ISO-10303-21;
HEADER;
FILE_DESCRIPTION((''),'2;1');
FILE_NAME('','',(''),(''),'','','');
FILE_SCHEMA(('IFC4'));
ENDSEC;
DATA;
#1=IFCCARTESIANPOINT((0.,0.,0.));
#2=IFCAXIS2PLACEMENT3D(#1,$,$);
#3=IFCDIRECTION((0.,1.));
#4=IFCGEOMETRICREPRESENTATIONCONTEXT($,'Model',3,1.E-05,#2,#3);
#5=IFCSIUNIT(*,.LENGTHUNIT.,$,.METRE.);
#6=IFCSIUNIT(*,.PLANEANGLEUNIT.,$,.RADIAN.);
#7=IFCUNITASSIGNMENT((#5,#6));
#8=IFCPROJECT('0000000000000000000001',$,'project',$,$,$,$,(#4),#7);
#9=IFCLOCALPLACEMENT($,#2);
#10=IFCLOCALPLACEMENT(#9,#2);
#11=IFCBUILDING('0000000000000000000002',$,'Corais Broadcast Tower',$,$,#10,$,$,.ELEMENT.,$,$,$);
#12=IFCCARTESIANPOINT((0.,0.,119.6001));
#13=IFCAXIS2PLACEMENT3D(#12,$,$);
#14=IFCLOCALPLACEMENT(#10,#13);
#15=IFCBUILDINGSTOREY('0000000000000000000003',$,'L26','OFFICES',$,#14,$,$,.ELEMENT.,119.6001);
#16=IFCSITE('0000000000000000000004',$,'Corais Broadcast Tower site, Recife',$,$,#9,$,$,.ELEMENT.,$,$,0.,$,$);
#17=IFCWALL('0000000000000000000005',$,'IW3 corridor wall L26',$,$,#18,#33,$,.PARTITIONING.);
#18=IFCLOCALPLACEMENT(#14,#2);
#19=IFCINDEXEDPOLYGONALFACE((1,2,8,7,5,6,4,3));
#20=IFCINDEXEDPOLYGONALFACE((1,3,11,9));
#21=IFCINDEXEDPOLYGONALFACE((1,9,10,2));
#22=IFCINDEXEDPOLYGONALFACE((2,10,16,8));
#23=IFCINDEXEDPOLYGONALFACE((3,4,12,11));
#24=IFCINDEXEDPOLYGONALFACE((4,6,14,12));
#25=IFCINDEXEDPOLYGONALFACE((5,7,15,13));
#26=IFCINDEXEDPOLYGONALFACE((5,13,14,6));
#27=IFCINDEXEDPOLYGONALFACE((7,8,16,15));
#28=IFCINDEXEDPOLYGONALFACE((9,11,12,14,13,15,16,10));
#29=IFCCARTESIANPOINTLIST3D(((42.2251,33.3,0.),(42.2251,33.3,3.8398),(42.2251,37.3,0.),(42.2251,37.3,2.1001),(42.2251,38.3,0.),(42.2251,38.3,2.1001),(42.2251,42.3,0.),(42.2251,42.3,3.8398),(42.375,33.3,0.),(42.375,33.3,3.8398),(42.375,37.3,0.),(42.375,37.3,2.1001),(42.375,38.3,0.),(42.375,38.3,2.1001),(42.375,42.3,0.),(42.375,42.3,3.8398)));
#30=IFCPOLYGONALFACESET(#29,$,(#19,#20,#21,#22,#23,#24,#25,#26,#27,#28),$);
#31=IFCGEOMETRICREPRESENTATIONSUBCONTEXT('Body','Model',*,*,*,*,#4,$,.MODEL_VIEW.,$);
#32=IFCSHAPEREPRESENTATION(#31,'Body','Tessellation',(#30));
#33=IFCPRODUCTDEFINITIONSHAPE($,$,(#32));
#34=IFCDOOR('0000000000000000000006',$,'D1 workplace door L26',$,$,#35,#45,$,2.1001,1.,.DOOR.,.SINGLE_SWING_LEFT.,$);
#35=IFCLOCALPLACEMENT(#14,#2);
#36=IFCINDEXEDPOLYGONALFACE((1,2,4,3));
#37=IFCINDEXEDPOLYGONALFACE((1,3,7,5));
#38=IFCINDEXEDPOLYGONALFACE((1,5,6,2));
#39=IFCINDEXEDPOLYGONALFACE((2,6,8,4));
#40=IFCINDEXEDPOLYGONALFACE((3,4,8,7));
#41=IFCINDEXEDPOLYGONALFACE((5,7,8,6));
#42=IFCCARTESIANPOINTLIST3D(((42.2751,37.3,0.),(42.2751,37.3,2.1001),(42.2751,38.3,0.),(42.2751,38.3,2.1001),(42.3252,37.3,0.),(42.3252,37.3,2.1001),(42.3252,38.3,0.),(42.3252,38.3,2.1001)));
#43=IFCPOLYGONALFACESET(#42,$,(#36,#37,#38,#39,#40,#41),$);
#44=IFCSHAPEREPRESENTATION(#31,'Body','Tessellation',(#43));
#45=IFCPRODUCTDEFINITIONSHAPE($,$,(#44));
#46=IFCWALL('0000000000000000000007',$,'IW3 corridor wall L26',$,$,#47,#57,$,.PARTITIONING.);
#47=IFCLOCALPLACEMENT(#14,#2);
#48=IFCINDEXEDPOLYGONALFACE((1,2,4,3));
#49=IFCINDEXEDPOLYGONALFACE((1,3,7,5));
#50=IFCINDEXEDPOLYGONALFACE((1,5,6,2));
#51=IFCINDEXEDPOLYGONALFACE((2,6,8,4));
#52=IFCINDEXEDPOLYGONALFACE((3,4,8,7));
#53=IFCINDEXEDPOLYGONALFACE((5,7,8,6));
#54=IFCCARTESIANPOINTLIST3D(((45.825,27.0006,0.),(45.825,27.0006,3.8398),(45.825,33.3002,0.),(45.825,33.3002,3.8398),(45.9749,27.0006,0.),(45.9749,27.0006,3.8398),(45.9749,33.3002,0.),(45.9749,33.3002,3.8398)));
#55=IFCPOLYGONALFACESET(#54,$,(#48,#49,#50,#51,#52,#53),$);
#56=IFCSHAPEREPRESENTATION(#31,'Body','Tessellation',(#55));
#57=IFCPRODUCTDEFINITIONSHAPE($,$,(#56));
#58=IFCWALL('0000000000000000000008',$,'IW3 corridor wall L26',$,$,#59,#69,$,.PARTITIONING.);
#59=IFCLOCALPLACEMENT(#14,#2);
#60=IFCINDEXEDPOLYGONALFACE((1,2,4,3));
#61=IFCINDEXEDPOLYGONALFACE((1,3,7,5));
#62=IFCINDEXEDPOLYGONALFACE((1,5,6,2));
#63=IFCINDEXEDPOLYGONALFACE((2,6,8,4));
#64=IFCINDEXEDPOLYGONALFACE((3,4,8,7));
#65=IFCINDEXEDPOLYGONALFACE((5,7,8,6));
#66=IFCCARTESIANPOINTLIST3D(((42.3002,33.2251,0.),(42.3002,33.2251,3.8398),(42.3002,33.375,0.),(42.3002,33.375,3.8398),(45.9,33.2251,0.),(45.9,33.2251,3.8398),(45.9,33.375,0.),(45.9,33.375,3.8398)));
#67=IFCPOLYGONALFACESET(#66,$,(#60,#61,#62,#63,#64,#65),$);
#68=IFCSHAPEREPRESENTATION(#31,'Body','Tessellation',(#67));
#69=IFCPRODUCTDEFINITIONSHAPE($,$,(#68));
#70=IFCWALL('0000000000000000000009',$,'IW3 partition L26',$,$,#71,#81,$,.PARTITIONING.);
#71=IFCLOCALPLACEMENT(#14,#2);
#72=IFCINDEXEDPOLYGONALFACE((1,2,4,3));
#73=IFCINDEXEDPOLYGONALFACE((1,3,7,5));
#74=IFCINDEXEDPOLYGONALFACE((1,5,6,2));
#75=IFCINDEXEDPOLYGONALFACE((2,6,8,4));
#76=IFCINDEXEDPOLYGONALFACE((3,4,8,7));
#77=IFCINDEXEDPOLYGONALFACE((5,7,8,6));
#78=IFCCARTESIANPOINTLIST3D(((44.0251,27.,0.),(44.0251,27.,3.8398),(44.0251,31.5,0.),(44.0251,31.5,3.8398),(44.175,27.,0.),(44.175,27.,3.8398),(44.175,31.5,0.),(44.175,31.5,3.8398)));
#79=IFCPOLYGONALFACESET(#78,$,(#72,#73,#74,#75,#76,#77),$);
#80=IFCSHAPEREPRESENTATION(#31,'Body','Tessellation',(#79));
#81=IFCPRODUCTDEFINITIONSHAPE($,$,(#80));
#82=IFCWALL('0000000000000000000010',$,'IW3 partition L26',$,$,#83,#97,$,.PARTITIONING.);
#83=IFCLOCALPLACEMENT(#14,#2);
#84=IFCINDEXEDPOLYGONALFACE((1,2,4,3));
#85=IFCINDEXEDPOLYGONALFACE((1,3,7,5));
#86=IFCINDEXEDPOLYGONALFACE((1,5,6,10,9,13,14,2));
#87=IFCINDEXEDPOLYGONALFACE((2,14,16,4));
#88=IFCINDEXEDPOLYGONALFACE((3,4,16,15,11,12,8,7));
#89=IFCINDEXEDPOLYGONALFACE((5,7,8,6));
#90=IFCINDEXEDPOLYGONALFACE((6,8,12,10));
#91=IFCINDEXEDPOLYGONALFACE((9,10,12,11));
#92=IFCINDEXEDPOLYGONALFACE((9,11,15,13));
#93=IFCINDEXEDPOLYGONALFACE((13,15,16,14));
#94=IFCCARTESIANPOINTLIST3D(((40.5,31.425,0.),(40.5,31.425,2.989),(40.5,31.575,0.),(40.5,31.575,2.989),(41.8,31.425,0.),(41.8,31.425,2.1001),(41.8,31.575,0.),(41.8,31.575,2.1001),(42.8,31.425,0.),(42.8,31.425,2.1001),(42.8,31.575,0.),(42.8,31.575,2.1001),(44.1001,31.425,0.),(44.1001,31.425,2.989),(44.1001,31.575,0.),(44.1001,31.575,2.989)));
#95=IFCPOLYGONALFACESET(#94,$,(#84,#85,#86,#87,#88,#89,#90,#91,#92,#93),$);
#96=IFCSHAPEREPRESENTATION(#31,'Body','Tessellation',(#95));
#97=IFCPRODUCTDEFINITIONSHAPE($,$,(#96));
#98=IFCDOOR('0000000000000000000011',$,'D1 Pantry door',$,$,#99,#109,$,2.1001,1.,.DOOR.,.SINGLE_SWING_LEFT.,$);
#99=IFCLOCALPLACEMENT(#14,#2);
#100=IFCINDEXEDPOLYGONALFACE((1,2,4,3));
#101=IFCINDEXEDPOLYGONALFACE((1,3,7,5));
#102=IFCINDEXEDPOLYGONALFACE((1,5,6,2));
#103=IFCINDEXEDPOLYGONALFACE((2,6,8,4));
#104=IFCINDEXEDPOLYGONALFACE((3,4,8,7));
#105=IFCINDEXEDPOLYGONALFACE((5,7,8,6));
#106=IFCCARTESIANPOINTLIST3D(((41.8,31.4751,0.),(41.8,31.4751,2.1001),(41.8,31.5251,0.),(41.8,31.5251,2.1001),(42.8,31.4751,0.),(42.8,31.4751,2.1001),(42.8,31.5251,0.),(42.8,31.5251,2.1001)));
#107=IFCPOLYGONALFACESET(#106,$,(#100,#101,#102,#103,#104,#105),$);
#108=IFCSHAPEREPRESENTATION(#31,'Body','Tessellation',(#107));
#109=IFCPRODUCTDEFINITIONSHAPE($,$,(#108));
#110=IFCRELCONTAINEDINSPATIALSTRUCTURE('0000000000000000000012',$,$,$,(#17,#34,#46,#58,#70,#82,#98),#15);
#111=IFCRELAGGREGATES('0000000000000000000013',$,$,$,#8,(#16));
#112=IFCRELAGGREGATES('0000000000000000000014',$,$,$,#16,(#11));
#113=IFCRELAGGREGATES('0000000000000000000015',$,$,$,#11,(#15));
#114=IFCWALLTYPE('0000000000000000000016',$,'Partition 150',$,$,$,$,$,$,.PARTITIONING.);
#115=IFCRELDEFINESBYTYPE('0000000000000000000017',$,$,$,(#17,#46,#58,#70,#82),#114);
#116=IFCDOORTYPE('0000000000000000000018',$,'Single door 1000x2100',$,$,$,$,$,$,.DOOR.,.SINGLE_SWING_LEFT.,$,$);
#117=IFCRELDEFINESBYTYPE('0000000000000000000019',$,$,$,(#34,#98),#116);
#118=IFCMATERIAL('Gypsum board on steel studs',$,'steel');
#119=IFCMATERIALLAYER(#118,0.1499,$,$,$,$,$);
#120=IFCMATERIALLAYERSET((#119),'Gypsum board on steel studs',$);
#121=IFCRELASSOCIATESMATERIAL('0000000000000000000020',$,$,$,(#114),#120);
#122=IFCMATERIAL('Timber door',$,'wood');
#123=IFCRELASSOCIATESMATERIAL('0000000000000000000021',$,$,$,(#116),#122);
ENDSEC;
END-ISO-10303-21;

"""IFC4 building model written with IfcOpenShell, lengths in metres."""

from ifc_helpers import new_model, si_unit, direction, frame, frame_2d, origin, place, context, subcontext, project, spatial, rectangle, extrude, material, layer, layer_set, type_object, element, fill, save


model = new_model("IFC4")

# Units and contexts
model_context = context("Model", 3, precision=1e-05, world=origin(), true_north=direction((0.0, 1.0)))
body_context = subcontext(model_context, "Body", "Model", "MODEL_VIEW")
ifc_project = project(units=[si_unit("LENGTHUNIT", "METRE"), si_unit("PLANEANGLEUNIT", "RADIAN")], contexts=[model_context])

# Site, building, storey
site_placement = place(None, origin())
site = spatial("IfcSite", under=ifc_project, at=site_placement, Name="Corais Broadcast Tower site, Recife", CompositionType="ELEMENT", RefElevation=0.0)
building_placement = place(site_placement, origin())
building = spatial("IfcBuilding", under=site, at=building_placement, Name="Corais Broadcast Tower", CompositionType="ELEMENT")
storey_placement = place(building_placement, frame((0.0, 0.0, 119.6001)))
storey = spatial("IfcBuildingStorey", under=building, at=storey_placement, Name="L26", Description="OFFICES", CompositionType="ELEMENT", Elevation=119.6001)

# Wall, opening, door
ifc_material_1 = material(Name="Gypsum board on steel studs", Category="steel")
ifc_layer_1 = layer(ifc_material_1, 0.1499)
ifc_layer_set_1 = layer_set([ifc_layer_1], Name="Gypsum board on steel studs")
wall_type = type_object("IfcWallType", Name="Partition 150", PredefinedType="PARTITIONING", material=ifc_layer_set_1)
wall_1_placement = place(storey_placement, frame((42.3, 33.3, 0.0), z_axis=(0.0, 0.0, 1.0), x_axis=(0.0, 1.0, 0.0)))
wall_1 = element("IfcWall", 1, at=wall_1_placement, inside=storey, type_object=wall_type, Name="IW3 corridor wall L26", PredefinedType="PARTITIONING", context=body_context, shape_type="SweptSolid", body=[
    extrude(rectangle(XDim=9.0, YDim=0.1499, at=frame_2d((4.5, 0.0))), origin(), (0.0, 0.0, 1.0), 3.8398),
])
opening_1_placement = place(wall_1_placement, frame((4.0, 0.0, 0.0)))
opening_1 = element("IfcOpeningElement", 2, at=opening_1_placement, cuts=wall_1, PredefinedType="OPENING", context=body_context, shape_type="SweptSolid", body=[
    extrude(rectangle(XDim=1.0, YDim=2.1001, at=frame_2d((0.5, 1.05))), frame((0.0, 0.085, 0.0), z_axis=(0.0, -1.0, 0.0), x_axis=(1.0, 0.0, 0.0)), (0.0, 0.0, 1.0), 0.1699),
])
ifc_material_2 = material(Name="Timber door", Category="wood")
door_type = type_object("IfcDoorType", Name="Single door 1000x2100", OperationType="SINGLE_SWING_LEFT", PredefinedType="DOOR", material=ifc_material_2)
door_1_placement = place(opening_1_placement, origin())
door_1 = element("IfcDoor", 3, at=door_1_placement, inside=storey, type_object=door_type, Name="D1 workplace door L26", OperationType="SINGLE_SWING_LEFT", OverallHeight=2.1001, OverallWidth=1.0, PredefinedType="DOOR", context=body_context, shape_type="SweptSolid", body=[
    extrude(rectangle(XDim=1.0, YDim=2.1001, at=frame_2d((0.5, 1.05))), frame((0.0, 0.0249, 0.0), z_axis=(0.0, -1.0, 0.0), x_axis=(1.0, 0.0, 0.0)), (0.0, 0.0, 1.0), 0.05),
])
fill(opening_1, door_1)

# Walls
wall_2_placement = place(storey_placement, frame((45.8999, 27.0005, 0.0), z_axis=(0.0, 0.0, 1.0), x_axis=(0.0, 1.0, 0.0)))
element("IfcWall", 4, at=wall_2_placement, inside=storey, type_object=wall_type, Name="IW3 corridor wall L26", PredefinedType="PARTITIONING", context=body_context, shape_type="SweptSolid", body=[
    extrude(rectangle(XDim=6.2996, YDim=0.1499, at=frame_2d((3.1499, 0.0))), origin(), (0.0, 0.0, 1.0), 3.8398),
])
wall_3_placement = place(storey_placement, frame((45.8999, 33.3, 0.0), z_axis=(0.0, 0.0, 1.0), x_axis=(-1.0, 0.0, 0.0)))
element("IfcWall", 5, at=wall_3_placement, inside=storey, type_object=wall_type, Name="IW3 corridor wall L26", PredefinedType="PARTITIONING", context=body_context, shape_type="SweptSolid", body=[
    extrude(rectangle(XDim=3.5999, YDim=0.1499, at=frame_2d((1.7998, 0.0))), origin(), (0.0, 0.0, 1.0), 3.8398),
])
wall_4_placement = place(storey_placement, frame((44.1001, 27.0, 0.0), z_axis=(0.0, 0.0, 1.0), x_axis=(0.0, 1.0, 0.0)))
element("IfcWall", 6, at=wall_4_placement, inside=storey, type_object=wall_type, Name="IW3 partition L26", PredefinedType="PARTITIONING", context=body_context, shape_type="SweptSolid", body=[
    extrude(rectangle(XDim=4.5, YDim=0.1499, at=frame_2d((2.25, 0.0))), origin(), (0.0, 0.0, 1.0), 3.8398),
])

# Wall, opening, door
wall_5_placement = place(storey_placement, frame((44.1001, 31.5, 0.0), z_axis=(0.0, 0.0, 1.0), x_axis=(-1.0, 0.0, 0.0)))
wall_5 = element("IfcWall", 7, at=wall_5_placement, inside=storey, type_object=wall_type, Name="IW3 partition L26", PredefinedType="PARTITIONING", context=body_context, shape_type="SweptSolid", body=[
    extrude(rectangle(XDim=3.6001, YDim=0.1499, at=frame_2d((1.8, 0.0))), origin(), (0.0, 0.0, 1.0), 2.989),
])
opening_2_placement = place(wall_5_placement, frame((1.3, 0.0, 0.0)))
opening_2 = element("IfcOpeningElement", 8, at=opening_2_placement, cuts=wall_5, PredefinedType="OPENING", context=body_context, shape_type="SweptSolid", body=[
    extrude(rectangle(XDim=1.0, YDim=2.1001, at=frame_2d((0.5, 1.05))), frame((0.0, 0.085, 0.0), z_axis=(0.0, -1.0, 0.0), x_axis=(1.0, 0.0, 0.0)), (0.0, 0.0, 1.0), 0.1699),
])
door_2_placement = place(opening_2_placement, origin())
door_2 = element("IfcDoor", 9, at=door_2_placement, inside=storey, type_object=door_type, Name="D1 Pantry door", OperationType="SINGLE_SWING_LEFT", OverallHeight=2.1001, OverallWidth=1.0, PredefinedType="DOOR", context=body_context, shape_type="SweptSolid", body=[
    extrude(rectangle(XDim=1.0, YDim=2.1001, at=frame_2d((0.5, 1.05))), frame((0.0, 0.0249, 0.0), z_axis=(0.0, -1.0, 0.0), x_axis=(1.0, 0.0, 0.0)), (0.0, 0.0, 1.0), 0.05),
])
fill(opening_2, door_2)

save(model, "model.ifc")
